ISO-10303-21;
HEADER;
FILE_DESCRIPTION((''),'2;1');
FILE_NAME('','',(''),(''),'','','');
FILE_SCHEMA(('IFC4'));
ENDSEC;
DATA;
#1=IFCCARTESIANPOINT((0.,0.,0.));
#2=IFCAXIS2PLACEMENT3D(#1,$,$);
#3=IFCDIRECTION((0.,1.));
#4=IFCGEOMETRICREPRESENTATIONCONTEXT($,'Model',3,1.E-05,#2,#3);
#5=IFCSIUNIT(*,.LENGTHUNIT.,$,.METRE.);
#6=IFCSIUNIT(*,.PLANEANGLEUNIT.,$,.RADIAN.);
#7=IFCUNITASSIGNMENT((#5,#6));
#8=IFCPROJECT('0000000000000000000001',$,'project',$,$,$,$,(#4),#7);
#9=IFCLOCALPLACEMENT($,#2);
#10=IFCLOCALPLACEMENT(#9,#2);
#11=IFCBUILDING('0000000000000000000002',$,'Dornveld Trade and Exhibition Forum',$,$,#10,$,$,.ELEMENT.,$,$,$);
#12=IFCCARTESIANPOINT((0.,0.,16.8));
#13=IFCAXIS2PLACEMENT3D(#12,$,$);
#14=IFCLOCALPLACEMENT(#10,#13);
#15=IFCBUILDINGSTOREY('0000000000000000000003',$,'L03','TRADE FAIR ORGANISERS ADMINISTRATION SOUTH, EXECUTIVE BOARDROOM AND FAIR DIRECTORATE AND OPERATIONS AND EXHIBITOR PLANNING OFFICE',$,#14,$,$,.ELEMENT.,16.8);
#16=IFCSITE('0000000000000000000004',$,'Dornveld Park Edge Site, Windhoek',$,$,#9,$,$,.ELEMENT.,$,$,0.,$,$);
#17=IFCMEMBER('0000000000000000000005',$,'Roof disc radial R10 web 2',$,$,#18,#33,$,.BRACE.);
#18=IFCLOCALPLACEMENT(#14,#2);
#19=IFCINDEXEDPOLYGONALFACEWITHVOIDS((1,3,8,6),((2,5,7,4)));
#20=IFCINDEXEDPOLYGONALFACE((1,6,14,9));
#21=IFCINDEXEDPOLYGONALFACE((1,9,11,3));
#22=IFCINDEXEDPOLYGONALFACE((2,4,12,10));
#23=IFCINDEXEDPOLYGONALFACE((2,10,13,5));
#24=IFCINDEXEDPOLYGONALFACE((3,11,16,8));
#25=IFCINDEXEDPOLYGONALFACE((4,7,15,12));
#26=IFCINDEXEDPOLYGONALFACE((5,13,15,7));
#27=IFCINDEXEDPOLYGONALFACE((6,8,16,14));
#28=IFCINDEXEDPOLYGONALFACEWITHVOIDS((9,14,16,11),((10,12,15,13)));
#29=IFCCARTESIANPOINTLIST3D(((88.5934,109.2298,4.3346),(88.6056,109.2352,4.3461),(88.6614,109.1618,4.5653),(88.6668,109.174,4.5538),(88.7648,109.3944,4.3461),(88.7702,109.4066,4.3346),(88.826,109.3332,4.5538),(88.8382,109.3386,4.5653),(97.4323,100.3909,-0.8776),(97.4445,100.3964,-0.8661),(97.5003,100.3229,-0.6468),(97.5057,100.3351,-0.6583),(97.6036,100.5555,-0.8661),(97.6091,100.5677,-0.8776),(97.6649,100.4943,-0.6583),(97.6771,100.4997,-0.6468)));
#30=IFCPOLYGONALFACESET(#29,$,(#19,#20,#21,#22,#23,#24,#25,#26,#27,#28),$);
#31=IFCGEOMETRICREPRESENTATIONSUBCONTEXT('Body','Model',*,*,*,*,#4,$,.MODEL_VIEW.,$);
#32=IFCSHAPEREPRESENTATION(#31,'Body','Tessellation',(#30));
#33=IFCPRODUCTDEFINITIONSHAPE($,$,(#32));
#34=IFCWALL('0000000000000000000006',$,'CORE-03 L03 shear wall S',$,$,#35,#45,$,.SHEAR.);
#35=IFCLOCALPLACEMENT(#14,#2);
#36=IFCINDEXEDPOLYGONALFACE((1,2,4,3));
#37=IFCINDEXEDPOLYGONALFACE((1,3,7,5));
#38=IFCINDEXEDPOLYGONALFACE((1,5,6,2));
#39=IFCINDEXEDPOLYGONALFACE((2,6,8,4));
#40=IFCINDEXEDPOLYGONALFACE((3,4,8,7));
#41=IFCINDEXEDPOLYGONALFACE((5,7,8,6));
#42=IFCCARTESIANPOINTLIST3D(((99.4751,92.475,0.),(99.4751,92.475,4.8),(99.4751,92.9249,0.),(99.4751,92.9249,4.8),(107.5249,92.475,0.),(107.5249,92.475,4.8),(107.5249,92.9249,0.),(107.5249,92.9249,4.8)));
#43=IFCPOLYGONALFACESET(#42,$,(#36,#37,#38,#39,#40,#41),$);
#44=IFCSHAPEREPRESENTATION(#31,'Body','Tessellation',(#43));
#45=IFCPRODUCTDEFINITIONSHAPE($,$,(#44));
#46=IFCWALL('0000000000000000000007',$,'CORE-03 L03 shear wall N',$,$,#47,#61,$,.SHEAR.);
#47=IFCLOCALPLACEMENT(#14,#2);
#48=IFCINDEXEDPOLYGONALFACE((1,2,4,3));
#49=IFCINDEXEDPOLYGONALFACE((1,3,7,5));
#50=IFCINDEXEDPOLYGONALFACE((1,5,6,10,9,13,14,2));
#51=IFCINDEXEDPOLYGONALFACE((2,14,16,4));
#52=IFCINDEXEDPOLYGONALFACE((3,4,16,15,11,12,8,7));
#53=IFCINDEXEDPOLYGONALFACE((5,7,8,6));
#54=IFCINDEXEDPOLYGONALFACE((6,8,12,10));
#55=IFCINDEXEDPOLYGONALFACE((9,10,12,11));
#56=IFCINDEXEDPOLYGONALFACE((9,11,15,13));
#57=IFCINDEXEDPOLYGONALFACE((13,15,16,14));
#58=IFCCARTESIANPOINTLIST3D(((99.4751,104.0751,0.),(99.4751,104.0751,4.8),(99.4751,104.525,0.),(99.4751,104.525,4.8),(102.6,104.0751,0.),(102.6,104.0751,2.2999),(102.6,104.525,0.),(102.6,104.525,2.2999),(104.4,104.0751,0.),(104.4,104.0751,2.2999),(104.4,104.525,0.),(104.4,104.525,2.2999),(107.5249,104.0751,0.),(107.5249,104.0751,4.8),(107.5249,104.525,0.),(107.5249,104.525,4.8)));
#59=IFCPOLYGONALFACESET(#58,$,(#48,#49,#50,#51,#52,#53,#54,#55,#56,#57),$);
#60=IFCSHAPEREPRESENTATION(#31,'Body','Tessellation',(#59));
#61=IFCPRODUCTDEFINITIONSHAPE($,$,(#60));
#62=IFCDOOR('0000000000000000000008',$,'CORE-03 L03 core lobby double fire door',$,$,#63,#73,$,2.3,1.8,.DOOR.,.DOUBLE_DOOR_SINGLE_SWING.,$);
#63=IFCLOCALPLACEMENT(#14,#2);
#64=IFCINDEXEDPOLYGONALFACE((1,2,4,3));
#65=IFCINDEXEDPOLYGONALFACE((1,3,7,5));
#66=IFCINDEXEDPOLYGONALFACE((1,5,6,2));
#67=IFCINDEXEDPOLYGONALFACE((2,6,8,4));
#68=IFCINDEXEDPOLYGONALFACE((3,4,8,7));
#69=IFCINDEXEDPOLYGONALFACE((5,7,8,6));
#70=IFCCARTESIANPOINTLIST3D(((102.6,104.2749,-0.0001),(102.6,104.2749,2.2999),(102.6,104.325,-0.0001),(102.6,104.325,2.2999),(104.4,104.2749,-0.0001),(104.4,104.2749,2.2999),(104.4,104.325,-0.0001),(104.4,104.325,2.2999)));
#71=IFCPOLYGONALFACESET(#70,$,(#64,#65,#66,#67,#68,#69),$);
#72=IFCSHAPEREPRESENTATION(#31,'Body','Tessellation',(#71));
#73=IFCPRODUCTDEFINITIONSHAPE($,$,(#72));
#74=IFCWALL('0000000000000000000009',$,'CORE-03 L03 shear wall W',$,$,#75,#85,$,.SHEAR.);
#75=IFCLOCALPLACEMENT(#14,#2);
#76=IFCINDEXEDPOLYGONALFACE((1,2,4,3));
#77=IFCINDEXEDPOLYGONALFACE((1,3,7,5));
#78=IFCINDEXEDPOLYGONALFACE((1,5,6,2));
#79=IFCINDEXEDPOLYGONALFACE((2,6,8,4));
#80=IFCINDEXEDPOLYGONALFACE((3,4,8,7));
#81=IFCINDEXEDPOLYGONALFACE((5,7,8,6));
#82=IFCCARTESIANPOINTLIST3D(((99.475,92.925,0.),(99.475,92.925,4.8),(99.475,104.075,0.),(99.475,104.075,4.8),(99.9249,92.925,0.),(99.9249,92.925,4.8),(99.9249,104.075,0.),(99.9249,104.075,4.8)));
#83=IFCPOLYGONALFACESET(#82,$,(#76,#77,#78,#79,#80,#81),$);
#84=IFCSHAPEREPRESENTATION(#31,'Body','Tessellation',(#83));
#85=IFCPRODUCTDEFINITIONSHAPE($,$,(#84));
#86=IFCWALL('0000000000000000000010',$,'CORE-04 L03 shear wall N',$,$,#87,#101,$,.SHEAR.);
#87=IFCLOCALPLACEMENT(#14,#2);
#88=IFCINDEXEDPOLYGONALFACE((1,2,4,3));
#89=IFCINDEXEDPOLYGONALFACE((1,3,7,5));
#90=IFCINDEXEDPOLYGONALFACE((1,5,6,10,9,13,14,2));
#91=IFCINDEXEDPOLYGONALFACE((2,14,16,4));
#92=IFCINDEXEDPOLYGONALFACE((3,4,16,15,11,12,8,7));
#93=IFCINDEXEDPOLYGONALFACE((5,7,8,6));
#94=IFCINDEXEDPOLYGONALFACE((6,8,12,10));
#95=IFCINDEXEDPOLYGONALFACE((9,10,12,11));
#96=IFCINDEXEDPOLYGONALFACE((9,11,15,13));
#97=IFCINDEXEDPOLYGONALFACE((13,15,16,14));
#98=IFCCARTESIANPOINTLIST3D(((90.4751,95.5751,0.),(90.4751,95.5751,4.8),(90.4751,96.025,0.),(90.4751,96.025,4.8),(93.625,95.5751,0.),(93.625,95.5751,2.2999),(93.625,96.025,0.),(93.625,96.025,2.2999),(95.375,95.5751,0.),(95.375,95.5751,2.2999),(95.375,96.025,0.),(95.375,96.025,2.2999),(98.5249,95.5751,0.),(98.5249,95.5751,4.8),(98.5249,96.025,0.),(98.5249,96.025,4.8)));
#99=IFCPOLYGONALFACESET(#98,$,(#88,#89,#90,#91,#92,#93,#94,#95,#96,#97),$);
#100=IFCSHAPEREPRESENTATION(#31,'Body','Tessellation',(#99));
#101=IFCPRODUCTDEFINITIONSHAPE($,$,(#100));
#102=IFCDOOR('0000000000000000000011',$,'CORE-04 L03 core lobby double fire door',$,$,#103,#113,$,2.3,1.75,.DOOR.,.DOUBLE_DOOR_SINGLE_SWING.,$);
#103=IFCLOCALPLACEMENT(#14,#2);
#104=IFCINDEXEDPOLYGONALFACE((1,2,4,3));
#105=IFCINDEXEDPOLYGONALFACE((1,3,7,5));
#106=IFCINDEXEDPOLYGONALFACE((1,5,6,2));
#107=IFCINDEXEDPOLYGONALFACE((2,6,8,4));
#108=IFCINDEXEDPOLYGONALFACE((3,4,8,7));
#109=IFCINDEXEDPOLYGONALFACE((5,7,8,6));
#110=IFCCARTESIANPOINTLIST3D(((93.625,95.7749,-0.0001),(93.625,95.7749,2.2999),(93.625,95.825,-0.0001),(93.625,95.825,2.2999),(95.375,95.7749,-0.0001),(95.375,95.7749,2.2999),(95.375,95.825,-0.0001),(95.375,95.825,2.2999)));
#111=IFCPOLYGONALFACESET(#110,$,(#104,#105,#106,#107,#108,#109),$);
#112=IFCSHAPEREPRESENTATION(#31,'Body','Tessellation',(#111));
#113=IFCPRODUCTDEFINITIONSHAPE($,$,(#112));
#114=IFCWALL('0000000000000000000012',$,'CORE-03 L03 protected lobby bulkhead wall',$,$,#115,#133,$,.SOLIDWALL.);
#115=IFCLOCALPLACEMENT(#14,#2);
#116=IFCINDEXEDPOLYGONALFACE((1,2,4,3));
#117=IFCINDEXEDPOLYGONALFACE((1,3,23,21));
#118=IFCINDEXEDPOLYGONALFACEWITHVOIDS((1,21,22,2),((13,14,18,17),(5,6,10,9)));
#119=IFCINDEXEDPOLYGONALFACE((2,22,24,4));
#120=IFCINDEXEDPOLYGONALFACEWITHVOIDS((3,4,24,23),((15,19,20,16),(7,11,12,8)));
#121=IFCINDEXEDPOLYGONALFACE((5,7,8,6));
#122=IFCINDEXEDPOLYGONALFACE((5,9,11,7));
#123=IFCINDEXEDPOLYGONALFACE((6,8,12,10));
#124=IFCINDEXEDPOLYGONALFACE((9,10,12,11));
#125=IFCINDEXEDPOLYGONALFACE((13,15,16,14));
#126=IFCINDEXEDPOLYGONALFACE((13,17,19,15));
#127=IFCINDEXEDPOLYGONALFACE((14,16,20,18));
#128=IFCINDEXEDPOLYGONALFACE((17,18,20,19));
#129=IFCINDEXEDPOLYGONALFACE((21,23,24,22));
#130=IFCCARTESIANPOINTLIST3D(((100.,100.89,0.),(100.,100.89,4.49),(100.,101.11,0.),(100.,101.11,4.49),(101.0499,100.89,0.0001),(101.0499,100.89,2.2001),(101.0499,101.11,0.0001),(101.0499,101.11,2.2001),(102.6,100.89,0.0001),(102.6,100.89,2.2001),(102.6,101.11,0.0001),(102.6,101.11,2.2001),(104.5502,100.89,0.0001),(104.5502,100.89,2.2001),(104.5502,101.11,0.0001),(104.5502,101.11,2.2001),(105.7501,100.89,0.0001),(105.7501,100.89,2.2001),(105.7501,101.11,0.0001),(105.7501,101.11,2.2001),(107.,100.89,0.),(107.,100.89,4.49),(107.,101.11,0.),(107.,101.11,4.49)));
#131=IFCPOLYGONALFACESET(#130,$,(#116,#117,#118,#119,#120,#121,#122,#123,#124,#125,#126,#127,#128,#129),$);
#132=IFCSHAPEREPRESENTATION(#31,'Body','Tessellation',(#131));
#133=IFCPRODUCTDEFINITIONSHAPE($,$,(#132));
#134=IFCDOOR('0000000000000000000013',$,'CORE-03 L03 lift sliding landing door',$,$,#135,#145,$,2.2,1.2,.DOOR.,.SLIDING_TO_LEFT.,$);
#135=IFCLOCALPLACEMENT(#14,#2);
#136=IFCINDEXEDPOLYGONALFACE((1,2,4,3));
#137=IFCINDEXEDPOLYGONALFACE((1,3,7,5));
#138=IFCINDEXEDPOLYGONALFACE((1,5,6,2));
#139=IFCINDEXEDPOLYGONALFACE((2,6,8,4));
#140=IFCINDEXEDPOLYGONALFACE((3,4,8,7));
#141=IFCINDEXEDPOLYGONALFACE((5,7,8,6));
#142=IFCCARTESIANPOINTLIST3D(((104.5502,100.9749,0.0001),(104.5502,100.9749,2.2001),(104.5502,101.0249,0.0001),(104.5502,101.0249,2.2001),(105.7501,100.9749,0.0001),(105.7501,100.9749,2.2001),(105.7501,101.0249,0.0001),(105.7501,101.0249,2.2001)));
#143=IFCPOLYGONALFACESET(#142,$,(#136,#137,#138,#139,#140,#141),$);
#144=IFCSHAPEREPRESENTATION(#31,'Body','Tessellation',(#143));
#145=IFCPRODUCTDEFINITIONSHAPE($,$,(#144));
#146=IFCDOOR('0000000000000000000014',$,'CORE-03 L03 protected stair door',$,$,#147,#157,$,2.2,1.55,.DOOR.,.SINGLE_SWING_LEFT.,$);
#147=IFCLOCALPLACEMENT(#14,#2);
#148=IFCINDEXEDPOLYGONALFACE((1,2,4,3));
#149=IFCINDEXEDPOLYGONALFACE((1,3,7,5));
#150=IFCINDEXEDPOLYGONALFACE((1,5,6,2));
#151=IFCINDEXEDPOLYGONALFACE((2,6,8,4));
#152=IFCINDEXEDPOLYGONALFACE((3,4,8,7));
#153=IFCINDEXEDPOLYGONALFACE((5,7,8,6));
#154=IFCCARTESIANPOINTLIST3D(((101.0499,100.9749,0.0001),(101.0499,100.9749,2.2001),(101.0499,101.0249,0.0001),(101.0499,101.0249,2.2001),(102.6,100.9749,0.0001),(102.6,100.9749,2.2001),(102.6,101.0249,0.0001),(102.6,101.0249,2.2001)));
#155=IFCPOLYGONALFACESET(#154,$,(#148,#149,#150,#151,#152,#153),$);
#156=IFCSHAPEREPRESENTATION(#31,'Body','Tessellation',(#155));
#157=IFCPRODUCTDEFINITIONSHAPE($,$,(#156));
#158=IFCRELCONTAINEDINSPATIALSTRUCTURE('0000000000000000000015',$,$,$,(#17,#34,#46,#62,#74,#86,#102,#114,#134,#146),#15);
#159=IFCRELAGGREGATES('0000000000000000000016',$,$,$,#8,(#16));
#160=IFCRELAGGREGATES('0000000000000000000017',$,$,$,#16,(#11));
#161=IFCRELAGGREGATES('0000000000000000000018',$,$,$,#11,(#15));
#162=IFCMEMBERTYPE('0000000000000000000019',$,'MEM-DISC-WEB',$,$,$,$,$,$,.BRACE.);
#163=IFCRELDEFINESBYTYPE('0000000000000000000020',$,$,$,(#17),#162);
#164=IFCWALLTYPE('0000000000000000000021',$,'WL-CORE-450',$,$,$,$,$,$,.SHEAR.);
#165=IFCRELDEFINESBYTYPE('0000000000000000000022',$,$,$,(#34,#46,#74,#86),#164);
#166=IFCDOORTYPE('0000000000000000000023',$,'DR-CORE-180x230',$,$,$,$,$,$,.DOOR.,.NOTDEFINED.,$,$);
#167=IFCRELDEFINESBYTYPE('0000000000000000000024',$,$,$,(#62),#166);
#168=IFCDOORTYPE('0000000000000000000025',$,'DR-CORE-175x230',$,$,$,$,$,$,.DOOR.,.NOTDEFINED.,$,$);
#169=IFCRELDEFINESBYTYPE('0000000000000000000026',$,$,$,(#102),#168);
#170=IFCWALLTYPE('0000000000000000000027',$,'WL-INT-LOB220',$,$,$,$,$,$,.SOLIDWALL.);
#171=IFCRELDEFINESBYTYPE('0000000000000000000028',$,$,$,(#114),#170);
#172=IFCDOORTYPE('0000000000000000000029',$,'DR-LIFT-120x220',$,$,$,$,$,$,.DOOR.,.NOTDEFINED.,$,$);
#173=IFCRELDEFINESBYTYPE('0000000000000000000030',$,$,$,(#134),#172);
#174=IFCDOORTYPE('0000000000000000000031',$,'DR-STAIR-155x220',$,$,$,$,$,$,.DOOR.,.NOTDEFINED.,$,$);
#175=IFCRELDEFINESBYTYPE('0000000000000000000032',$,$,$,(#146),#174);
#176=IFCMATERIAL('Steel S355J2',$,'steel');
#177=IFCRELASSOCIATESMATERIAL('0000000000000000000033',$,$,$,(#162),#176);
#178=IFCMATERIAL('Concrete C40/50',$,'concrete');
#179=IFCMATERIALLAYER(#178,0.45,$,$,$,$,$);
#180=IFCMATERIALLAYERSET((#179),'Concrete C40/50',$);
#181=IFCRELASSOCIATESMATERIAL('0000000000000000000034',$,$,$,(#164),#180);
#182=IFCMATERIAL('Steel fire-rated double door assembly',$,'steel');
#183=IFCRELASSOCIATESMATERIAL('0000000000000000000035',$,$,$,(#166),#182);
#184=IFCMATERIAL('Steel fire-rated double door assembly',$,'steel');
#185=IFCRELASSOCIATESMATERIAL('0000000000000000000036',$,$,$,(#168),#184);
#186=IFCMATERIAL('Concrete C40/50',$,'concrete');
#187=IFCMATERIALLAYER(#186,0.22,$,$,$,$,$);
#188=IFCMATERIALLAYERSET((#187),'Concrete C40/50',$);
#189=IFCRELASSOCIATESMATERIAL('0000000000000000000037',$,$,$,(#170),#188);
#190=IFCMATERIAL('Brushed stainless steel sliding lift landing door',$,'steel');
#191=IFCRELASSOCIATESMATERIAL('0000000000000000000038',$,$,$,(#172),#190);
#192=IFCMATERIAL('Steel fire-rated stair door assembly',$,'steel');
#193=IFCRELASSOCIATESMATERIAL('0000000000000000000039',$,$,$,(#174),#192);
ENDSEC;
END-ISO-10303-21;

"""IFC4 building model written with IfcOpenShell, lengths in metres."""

from ifc_helpers import new_model, si_unit, direction, frame, frame_2d, origin, origin_2d, place, context, subcontext, project, spatial, rectangle, hollow_rectangle, extrude, material, layer, layer_set, material_profile, profile_set, type_object, element, fill, save


model = new_model("IFC4")

# Units and contexts
model_context = context("Model", 3, precision=1e-05, world=origin(), true_north=direction((0.0, 1.0)))
body_context = subcontext(model_context, "Body", "Model", "MODEL_VIEW")
ifc_project = project(units=[si_unit("LENGTHUNIT", "METRE"), si_unit("PLANEANGLEUNIT", "RADIAN")], contexts=[model_context])

# Site, building, storey
site_placement = place(None, origin())
site = spatial("IfcSite", under=ifc_project, at=site_placement, Name="Dornveld Park Edge Site, Windhoek", CompositionType="ELEMENT", RefElevation=0.0)
building_placement = place(site_placement, origin())
building = spatial("IfcBuilding", under=site, at=building_placement, Name="Dornveld Trade and Exhibition Forum", CompositionType="ELEMENT")
storey_placement = place(building_placement, frame((0.0, 0.0, 16.8)))
storey = spatial("IfcBuildingStorey", under=building, at=storey_placement, Name="L03", Description="TRADE FAIR ORGANISERS ADMINISTRATION SOUTH, EXECUTIVE BOARDROOM AND FAIR DIRECTORATE AND OPERATIONS AND EXHIBITOR PLANNING OFFICE", CompositionType="ELEMENT", Elevation=16.8)

# Member
ifc_material_1 = material(Name="Steel S355J2", Category="steel")
ifc_material_profile_1 = material_profile(ifc_material_1, hollow_rectangle(XDim=0.25, YDim=0.25, WallThickness=0.0125, at=origin_2d()), Name="SHS 250x250x12.5")
ifc_profile_set_1 = profile_set([ifc_material_profile_1], Name="Steel S355J2")
member_type_1 = type_object("IfcMemberType", Name="MEM-DISC-WEB", PredefinedType="BRACE", material=ifc_profile_set_1)
member_1_placement = place(storey_placement, frame((97.5547, 100.4453, -0.7622), z_axis=(-0.652643, 0.652643, 0.384855), x_axis=(-0.707107, -0.707107, 0.0)))
element("IfcMember", 1, at=member_1_placement, inside=storey, type_object=member_type_1, Name="Roof disc radial R10 web 2", PredefinedType="BRACE", context=body_context, shape_type="SweptSolid", body=[
    extrude(hollow_rectangle(XDim=0.25, YDim=0.25, WallThickness=0.0125, at=origin_2d()), origin(), (0.0, 0.0, 1.0), 13.5432),
])

# Wall
ifc_material_2 = material(Name="Concrete C40/50", Category="concrete")
ifc_layer_1 = layer(ifc_material_2, 0.45)
ifc_layer_set_1 = layer_set([ifc_layer_1], Name="Concrete C40/50")
wall_type_1 = type_object("IfcWallType", Name="WL-CORE-450", PredefinedType="SHEAR", material=ifc_layer_set_1)
wall_1_placement = place(storey_placement, frame((99.4751, 92.7, 0.0), z_axis=(0.0, 0.0, 1.0), x_axis=(1.0, 0.0, 0.0)))
element("IfcWall", 2, at=wall_1_placement, inside=storey, type_object=wall_type_1, Name="CORE-03 L03 shear wall S", PredefinedType="SHEAR", context=body_context, shape_type="SweptSolid", body=[
    extrude(rectangle(XDim=8.0498, YDim=0.45, at=frame_2d((4.0249, 0.0))), origin(), (0.0, 0.0, 1.0), 4.8),
])

# Wall, opening, door
wall_2_placement = place(storey_placement, frame((99.4751, 104.3, 0.0), z_axis=(0.0, 0.0, 1.0), x_axis=(1.0, 0.0, 0.0)))
wall_2 = element("IfcWall", 3, at=wall_2_placement, inside=storey, type_object=wall_type_1, Name="CORE-03 L03 shear wall N", PredefinedType="SHEAR", context=body_context, shape_type="SweptSolid", body=[
    extrude(rectangle(XDim=8.0498, YDim=0.45, at=frame_2d((4.0249, 0.0))), origin(), (0.0, 0.0, 1.0), 4.8),
])
opening_1_placement = place(wall_2_placement, frame((3.125, 0.0, 0.0)))
opening_1 = element("IfcOpeningElement", 4, at=opening_1_placement, cuts=wall_2, PredefinedType="OPENING", context=body_context, shape_type="SweptSolid", body=[
    extrude(rectangle(XDim=1.8, YDim=2.3, at=frame_2d((0.8999, 1.1499))), frame((0.0, 0.2349, 0.0), z_axis=(0.0, -1.0, 0.0), x_axis=(1.0, 0.0, 0.0)), (0.0, 0.0, 1.0), 0.47),
])
ifc_material_3 = material(Name="Steel fire-rated double door assembly", Category="steel")
door_type_1 = type_object("IfcDoorType", Name="DR-CORE-180x230", OperationType="NOTDEFINED", PredefinedType="DOOR", material=ifc_material_3)
door_1_placement = place(opening_1_placement, origin())
door_1 = element("IfcDoor", 5, at=door_1_placement, inside=storey, type_object=door_type_1, Name="CORE-03 L03 core lobby double fire door", OperationType="DOUBLE_DOOR_SINGLE_SWING", OverallHeight=2.3, OverallWidth=1.8, PredefinedType="DOOR", context=body_context, shape_type="SweptSolid", body=[
    extrude(rectangle(XDim=1.8, YDim=2.3, at=frame_2d((0.8999, 1.1499))), frame((0.0, 0.0249, 0.0), z_axis=(0.0, -1.0, 0.0), x_axis=(1.0, 0.0, 0.0)), (0.0, 0.0, 1.0), 0.05),
])
fill(opening_1, door_1)

# Wall
wall_3_placement = place(storey_placement, frame((99.7, 92.925, 0.0), z_axis=(0.0, 0.0, 1.0), x_axis=(0.0, 1.0, 0.0)))
element("IfcWall", 6, at=wall_3_placement, inside=storey, type_object=wall_type_1, Name="CORE-03 L03 shear wall W", PredefinedType="SHEAR", context=body_context, shape_type="SweptSolid", body=[
    extrude(rectangle(XDim=11.1499, YDim=0.45, at=frame_2d((5.575, 0.0))), origin(), (0.0, 0.0, 1.0), 4.8),
])

# Wall, opening, door
wall_4_placement = place(storey_placement, frame((90.4751, 95.8, 0.0), z_axis=(0.0, 0.0, 1.0), x_axis=(1.0, 0.0, 0.0)))
wall_4 = element("IfcWall", 7, at=wall_4_placement, inside=storey, type_object=wall_type_1, Name="CORE-04 L03 shear wall N", PredefinedType="SHEAR", context=body_context, shape_type="SweptSolid", body=[
    extrude(rectangle(XDim=8.0498, YDim=0.45, at=frame_2d((4.0249, 0.0))), origin(), (0.0, 0.0, 1.0), 4.8),
])
opening_2_placement = place(wall_4_placement, frame((3.1499, 0.0, 0.0)))
opening_2 = element("IfcOpeningElement", 8, at=opening_2_placement, cuts=wall_4, PredefinedType="OPENING", context=body_context, shape_type="SweptSolid", body=[
    extrude(rectangle(XDim=1.75, YDim=2.3, at=frame_2d((0.875, 1.1499))), frame((0.0, 0.2349, 0.0), z_axis=(0.0, -1.0, 0.0), x_axis=(1.0, 0.0, 0.0)), (0.0, 0.0, 1.0), 0.47),
])
ifc_material_4 = material(Name="Steel fire-rated double door assembly", Category="steel")
door_type_2 = type_object("IfcDoorType", Name="DR-CORE-175x230", OperationType="NOTDEFINED", PredefinedType="DOOR", material=ifc_material_4)
door_2_placement = place(opening_2_placement, origin())
door_2 = element("IfcDoor", 9, at=door_2_placement, inside=storey, type_object=door_type_2, Name="CORE-04 L03 core lobby double fire door", OperationType="DOUBLE_DOOR_SINGLE_SWING", OverallHeight=2.3, OverallWidth=1.75, PredefinedType="DOOR", context=body_context, shape_type="SweptSolid", body=[
    extrude(rectangle(XDim=1.75, YDim=2.3, at=frame_2d((0.875, 1.1499))), frame((0.0, 0.0249, 0.0), z_axis=(0.0, -1.0, 0.0), x_axis=(1.0, 0.0, 0.0)), (0.0, 0.0, 1.0), 0.05),
])
fill(opening_2, door_2)

# Wall, openings, doors
ifc_material_5 = material(Name="Concrete C40/50", Category="concrete")
ifc_layer_2 = layer(ifc_material_5, 0.22)
ifc_layer_set_2 = layer_set([ifc_layer_2], Name="Concrete C40/50")
wall_type_2 = type_object("IfcWallType", Name="WL-INT-LOB220", PredefinedType="SOLIDWALL", material=ifc_layer_set_2)
wall_5_placement = place(storey_placement, frame((100.0, 101.0, 0.0), z_axis=(0.0, 0.0, 1.0), x_axis=(1.0, 0.0, 0.0)))
wall_5 = element("IfcWall", 10, at=wall_5_placement, inside=storey, type_object=wall_type_2, Name="CORE-03 L03 protected lobby bulkhead wall", PredefinedType="SOLIDWALL", context=body_context, shape_type="SweptSolid", body=[
    extrude(rectangle(XDim=7.0, YDim=0.22, at=frame_2d((3.5, 0.0))), origin(), (0.0, 0.0, 1.0), 4.49),
])
opening_3_placement = place(wall_5_placement, frame((1.05, 0.0, 0.0)))
opening_3 = element("IfcOpeningElement", 11, at=opening_3_placement, cuts=wall_5, PredefinedType="OPENING", context=body_context, shape_type="SweptSolid", body=[
    extrude(rectangle(XDim=1.55, YDim=2.2, at=frame_2d((0.7749, 1.1001))), frame((0.0, 0.1199, 0.0), z_axis=(0.0, -1.0, 0.0), x_axis=(1.0, 0.0, 0.0)), (0.0, 0.0, 1.0), 0.24),
])
opening_4_placement = place(wall_5_placement, frame((4.55, 0.0, 0.0)))
opening_4 = element("IfcOpeningElement", 12, at=opening_4_placement, cuts=wall_5, PredefinedType="OPENING", context=body_context, shape_type="SweptSolid", body=[
    extrude(rectangle(XDim=1.2, YDim=2.2, at=frame_2d((0.6001, 1.1001))), frame((0.0, 0.1199, 0.0), z_axis=(0.0, -1.0, 0.0), x_axis=(1.0, 0.0, 0.0)), (0.0, 0.0, 1.0), 0.24),
])
ifc_material_6 = material(Name="Brushed stainless steel sliding lift landing door", Category="steel")
door_type_3 = type_object("IfcDoorType", Name="DR-LIFT-120x220", OperationType="NOTDEFINED", PredefinedType="DOOR", material=ifc_material_6)
door_3_placement = place(opening_4_placement, origin())
door_3 = element("IfcDoor", 13, at=door_3_placement, inside=storey, type_object=door_type_3, Name="CORE-03 L03 lift sliding landing door", OperationType="SLIDING_TO_LEFT", OverallHeight=2.2, OverallWidth=1.2, PredefinedType="DOOR", context=body_context, shape_type="SweptSolid", body=[
    extrude(rectangle(XDim=1.2, YDim=2.2, at=frame_2d((0.6001, 1.1001))), frame((0.0, 0.0249, 0.0), z_axis=(0.0, -1.0, 0.0), x_axis=(1.0, 0.0, 0.0)), (0.0, 0.0, 1.0), 0.05),
])
fill(opening_4, door_3)
ifc_material_7 = material(Name="Steel fire-rated stair door assembly", Category="steel")
door_type_4 = type_object("IfcDoorType", Name="DR-STAIR-155x220", OperationType="NOTDEFINED", PredefinedType="DOOR", material=ifc_material_7)
door_4_placement = place(opening_3_placement, origin())
door_4 = element("IfcDoor", 14, at=door_4_placement, inside=storey, type_object=door_type_4, Name="CORE-03 L03 protected stair door", OperationType="SINGLE_SWING_LEFT", OverallHeight=2.2, OverallWidth=1.55, PredefinedType="DOOR", context=body_context, shape_type="SweptSolid", body=[
    extrude(rectangle(XDim=1.55, YDim=2.2, at=frame_2d((0.7749, 1.1001))), frame((0.0, 0.0249, 0.0), z_axis=(0.0, -1.0, 0.0), x_axis=(1.0, 0.0, 0.0)), (0.0, 0.0, 1.0), 0.05),
])
fill(opening_3, door_4)

save(model, "model.ifc")
